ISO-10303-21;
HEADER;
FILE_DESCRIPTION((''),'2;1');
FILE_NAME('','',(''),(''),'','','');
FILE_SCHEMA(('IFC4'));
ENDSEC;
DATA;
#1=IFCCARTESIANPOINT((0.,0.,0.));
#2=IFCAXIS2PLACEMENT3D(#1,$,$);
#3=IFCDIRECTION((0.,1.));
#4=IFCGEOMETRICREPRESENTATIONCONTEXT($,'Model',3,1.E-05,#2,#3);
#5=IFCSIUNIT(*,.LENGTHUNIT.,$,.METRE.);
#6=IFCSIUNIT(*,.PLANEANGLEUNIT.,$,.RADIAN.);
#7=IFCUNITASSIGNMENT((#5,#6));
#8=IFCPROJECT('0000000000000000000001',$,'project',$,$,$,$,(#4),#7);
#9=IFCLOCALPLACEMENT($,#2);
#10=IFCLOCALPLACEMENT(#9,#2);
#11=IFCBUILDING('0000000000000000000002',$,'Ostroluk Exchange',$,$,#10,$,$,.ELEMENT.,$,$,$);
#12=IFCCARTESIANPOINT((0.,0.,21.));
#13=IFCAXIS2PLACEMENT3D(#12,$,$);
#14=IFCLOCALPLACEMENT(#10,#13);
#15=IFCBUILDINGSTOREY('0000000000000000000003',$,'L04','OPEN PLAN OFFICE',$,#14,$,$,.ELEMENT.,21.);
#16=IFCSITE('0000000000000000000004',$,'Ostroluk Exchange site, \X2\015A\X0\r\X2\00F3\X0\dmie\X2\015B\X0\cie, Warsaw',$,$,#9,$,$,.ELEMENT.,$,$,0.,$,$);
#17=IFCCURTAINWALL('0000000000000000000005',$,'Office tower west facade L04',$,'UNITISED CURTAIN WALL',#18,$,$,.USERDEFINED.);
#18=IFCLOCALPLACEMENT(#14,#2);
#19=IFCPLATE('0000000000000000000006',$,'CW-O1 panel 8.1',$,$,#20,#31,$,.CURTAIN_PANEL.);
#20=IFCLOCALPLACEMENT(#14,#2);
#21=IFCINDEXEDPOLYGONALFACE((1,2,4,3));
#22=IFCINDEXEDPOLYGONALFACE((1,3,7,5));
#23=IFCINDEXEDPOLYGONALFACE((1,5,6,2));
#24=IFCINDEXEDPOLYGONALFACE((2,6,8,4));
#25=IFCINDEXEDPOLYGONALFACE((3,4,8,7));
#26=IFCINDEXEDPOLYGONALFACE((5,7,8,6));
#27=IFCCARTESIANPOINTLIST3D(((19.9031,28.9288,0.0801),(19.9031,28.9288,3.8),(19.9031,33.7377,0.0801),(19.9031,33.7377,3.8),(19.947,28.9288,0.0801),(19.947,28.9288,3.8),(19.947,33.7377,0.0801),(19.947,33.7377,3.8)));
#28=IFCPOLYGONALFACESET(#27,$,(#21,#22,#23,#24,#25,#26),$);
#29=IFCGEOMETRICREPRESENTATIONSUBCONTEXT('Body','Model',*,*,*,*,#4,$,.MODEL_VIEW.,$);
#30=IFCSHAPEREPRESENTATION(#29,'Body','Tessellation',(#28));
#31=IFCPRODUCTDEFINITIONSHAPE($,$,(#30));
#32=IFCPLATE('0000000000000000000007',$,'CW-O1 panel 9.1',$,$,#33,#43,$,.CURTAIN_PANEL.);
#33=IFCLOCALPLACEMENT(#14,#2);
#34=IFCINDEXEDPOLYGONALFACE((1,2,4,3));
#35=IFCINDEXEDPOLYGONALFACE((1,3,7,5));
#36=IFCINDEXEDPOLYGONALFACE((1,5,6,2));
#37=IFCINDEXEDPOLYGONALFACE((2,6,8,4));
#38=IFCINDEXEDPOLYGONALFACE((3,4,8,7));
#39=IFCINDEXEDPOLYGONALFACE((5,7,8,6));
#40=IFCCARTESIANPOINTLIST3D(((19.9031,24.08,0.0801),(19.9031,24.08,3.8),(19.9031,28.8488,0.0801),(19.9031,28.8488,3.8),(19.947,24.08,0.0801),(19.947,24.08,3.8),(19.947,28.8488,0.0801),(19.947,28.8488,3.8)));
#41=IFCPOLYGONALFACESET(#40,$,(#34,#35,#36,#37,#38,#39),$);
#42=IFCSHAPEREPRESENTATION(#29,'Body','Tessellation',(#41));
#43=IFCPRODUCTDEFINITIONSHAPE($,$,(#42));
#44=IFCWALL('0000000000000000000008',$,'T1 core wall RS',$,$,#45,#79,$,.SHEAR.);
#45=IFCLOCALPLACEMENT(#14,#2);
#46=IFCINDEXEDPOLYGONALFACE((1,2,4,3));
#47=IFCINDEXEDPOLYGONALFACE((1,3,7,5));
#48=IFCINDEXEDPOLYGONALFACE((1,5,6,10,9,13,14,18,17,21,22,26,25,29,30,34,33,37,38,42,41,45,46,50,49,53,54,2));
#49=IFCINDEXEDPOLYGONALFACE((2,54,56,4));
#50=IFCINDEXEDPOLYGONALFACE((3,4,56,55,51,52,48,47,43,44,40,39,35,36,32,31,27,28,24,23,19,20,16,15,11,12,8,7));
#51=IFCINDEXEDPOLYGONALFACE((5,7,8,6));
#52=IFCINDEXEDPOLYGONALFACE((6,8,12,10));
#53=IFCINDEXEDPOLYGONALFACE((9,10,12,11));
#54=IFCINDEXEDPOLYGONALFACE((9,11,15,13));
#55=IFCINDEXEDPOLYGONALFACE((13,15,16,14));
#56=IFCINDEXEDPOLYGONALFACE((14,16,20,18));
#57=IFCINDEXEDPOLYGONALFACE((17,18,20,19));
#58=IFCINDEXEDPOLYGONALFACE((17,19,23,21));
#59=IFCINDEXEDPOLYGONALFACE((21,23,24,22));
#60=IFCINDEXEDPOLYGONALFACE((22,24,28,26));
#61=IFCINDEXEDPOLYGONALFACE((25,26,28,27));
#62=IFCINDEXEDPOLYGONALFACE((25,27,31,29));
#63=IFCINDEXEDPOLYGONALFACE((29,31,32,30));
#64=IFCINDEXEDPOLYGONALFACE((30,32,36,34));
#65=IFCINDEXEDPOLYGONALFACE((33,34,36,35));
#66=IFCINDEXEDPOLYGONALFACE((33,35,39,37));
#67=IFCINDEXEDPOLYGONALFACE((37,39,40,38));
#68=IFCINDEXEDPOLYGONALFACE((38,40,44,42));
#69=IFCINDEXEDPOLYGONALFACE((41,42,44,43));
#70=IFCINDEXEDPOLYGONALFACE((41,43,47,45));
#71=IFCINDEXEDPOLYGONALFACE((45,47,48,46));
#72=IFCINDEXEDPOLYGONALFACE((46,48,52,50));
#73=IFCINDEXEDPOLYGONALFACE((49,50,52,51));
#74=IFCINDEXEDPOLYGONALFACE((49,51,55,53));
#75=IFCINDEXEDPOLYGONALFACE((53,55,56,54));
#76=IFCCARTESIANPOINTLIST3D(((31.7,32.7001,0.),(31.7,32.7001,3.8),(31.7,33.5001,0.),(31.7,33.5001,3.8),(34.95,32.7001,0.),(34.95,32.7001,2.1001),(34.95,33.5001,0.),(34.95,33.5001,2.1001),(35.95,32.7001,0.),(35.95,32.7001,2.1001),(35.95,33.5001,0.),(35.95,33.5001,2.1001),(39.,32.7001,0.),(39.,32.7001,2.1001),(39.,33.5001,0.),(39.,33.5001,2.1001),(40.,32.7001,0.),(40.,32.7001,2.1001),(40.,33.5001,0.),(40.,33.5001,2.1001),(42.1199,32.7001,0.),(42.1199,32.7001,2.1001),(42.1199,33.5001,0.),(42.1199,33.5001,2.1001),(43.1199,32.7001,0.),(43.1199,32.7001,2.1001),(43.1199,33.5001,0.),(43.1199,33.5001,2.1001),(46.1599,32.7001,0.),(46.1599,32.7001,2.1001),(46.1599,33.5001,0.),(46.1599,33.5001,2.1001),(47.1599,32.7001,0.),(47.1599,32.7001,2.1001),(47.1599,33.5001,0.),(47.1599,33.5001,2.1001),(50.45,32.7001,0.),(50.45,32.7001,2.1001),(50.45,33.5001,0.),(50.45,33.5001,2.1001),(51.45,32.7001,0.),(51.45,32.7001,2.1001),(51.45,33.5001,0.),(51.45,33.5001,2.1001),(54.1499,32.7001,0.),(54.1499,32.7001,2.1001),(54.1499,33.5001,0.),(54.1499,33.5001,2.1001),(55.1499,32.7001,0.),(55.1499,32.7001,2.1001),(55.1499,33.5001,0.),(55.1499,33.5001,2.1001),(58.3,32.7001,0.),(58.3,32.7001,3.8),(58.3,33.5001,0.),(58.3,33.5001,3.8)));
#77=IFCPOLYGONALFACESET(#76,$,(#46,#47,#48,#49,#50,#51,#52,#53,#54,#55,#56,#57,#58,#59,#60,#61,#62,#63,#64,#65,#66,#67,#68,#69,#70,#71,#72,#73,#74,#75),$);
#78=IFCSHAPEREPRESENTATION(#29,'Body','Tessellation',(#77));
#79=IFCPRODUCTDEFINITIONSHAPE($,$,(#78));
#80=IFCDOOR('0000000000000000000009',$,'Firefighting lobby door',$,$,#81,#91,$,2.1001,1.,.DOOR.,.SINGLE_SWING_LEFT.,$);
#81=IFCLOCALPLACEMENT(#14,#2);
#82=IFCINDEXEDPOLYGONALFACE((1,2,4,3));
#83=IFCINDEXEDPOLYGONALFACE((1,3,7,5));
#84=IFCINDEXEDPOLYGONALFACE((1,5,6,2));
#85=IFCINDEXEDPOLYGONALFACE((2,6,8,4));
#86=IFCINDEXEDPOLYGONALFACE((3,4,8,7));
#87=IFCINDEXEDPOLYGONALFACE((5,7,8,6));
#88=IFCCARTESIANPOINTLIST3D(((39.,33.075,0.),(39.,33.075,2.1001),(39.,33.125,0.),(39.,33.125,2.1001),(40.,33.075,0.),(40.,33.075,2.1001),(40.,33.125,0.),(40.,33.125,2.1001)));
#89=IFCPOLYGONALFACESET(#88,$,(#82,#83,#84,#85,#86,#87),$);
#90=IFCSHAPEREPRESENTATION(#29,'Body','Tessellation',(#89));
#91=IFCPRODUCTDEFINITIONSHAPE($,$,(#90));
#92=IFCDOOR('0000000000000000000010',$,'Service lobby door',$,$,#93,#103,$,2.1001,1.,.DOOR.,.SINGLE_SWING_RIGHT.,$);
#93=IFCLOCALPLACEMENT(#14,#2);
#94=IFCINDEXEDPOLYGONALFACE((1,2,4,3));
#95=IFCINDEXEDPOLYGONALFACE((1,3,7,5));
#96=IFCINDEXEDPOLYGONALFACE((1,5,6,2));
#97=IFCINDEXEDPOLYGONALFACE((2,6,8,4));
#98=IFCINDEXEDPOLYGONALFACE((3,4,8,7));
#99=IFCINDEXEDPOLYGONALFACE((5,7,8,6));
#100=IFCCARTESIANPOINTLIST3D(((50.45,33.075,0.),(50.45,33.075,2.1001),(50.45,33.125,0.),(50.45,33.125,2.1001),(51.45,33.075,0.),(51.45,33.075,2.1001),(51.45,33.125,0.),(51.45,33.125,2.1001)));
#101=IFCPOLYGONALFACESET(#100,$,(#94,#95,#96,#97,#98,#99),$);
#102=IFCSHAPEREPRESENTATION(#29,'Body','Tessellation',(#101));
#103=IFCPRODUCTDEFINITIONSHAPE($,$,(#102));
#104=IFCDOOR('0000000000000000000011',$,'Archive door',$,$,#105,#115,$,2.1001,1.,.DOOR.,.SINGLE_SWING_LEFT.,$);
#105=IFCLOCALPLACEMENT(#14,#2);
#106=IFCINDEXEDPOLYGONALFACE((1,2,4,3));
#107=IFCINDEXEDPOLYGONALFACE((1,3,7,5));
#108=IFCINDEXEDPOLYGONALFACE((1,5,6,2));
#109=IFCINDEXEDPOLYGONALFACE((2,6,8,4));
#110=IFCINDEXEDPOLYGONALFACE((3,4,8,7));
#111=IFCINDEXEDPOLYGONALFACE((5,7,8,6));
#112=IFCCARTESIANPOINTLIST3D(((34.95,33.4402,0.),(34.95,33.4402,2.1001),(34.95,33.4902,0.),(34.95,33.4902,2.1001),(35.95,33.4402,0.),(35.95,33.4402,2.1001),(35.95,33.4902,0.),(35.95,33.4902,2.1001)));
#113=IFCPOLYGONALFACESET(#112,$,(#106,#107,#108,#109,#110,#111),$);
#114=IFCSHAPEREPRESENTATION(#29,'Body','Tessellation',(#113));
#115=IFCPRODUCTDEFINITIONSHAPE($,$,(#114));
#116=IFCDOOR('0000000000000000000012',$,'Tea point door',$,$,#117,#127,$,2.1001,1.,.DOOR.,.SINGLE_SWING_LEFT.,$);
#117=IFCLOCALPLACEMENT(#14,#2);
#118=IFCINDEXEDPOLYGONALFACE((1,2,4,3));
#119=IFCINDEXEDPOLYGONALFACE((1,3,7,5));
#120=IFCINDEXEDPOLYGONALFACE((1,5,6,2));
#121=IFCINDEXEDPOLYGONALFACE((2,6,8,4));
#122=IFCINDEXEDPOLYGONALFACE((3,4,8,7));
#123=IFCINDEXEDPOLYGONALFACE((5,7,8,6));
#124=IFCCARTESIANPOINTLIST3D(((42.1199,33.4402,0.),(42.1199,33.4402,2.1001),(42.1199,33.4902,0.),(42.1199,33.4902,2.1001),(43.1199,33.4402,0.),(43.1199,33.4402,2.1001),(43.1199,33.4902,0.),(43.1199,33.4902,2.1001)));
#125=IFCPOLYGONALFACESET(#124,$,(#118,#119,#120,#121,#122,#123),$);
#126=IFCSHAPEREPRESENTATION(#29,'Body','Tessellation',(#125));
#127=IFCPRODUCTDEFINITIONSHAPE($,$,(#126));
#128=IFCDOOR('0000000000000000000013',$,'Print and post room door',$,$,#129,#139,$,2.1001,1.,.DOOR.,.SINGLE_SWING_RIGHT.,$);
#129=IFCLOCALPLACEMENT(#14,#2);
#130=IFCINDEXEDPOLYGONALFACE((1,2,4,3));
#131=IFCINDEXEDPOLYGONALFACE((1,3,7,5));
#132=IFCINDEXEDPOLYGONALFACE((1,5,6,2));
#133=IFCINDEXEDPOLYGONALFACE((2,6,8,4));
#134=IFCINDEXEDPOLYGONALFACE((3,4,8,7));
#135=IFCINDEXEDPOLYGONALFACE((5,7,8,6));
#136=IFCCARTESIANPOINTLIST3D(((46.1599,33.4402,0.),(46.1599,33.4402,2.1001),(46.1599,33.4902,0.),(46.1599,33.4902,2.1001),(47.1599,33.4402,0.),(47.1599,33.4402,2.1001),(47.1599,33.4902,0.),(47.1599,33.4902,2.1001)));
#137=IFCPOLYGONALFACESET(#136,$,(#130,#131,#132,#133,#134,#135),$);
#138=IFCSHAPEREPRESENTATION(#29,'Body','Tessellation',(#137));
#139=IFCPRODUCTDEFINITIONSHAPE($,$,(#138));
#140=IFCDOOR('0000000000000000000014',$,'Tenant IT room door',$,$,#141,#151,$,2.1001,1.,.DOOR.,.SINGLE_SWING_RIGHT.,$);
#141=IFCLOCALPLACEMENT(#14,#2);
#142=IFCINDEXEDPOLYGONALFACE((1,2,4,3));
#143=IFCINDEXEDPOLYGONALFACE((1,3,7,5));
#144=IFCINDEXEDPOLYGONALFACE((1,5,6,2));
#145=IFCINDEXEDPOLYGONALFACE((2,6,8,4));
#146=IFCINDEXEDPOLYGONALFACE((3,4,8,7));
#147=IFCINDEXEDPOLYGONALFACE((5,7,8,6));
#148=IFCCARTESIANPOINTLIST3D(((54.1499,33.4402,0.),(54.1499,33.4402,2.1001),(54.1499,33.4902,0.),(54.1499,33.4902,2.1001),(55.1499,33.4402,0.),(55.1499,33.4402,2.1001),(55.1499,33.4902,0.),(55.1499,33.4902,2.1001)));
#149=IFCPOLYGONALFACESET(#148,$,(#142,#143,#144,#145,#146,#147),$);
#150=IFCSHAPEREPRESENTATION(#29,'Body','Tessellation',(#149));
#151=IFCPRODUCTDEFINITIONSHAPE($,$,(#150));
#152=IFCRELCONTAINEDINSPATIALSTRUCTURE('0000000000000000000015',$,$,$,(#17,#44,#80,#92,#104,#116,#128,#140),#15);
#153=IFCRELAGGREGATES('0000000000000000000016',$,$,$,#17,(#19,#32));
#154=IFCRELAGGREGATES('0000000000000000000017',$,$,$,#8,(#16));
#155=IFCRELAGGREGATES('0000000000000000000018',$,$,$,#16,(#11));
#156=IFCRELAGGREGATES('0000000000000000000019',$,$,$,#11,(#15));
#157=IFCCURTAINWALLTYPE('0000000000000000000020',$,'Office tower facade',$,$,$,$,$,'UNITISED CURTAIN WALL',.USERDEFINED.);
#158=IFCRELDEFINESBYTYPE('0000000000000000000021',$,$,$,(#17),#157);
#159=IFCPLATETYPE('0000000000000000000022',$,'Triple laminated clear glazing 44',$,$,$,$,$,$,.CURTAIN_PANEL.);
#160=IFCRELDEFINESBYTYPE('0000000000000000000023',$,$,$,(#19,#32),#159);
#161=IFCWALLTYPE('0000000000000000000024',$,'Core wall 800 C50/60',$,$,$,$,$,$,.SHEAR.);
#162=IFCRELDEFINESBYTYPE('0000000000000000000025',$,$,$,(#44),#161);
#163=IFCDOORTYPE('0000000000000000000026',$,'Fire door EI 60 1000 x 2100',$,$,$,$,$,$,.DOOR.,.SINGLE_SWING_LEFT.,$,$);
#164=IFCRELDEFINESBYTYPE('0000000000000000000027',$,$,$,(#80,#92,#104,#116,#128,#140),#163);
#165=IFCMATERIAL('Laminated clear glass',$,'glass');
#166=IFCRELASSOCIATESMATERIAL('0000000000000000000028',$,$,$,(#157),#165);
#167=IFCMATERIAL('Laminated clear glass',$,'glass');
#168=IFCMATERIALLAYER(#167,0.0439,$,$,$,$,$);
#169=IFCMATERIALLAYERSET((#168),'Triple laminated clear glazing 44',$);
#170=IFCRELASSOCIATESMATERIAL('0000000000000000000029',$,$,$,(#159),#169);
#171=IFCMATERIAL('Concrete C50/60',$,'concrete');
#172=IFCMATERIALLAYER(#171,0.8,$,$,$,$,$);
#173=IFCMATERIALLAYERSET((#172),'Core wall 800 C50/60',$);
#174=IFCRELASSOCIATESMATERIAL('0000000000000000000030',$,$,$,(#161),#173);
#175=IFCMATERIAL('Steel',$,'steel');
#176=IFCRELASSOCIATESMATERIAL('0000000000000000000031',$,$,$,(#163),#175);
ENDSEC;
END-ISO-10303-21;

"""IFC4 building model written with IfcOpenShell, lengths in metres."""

from ifc_helpers import new_model, si_unit, direction, frame, frame_2d, origin, origin_2d, place, context, subcontext, project, spatial, rectangle, extrude, material, layer, layer_set, type_object, element, fill, aggregate, save


model = new_model("IFC4")

# Units and contexts
model_context = context("Model", 3, precision=1e-05, world=origin(), true_north=direction((0.0, 1.0)))
body_context = subcontext(model_context, "Body", "Model", "MODEL_VIEW")
ifc_project = project(units=[si_unit("LENGTHUNIT", "METRE"), si_unit("PLANEANGLEUNIT", "RADIAN")], contexts=[model_context])

# Site, building, storey
site_placement = place(None, origin())
site = spatial("IfcSite", under=ifc_project, at=site_placement, Name="Ostroluk Exchange site, Śródmieście, Warsaw", CompositionType="ELEMENT", RefElevation=0.0)
building_placement = place(site_placement, origin())
building = spatial("IfcBuilding", under=site, at=building_placement, Name="Ostroluk Exchange", CompositionType="ELEMENT")
storey_placement = place(building_placement, frame((0.0, 0.0, 21.0)))
storey = spatial("IfcBuildingStorey", under=building, at=storey_placement, Name="L04", Description="OPEN PLAN OFFICE", CompositionType="ELEMENT", Elevation=21.0)

# Curtain wall, plates
ifc_material_1 = material(Name="Laminated clear glass", Category="glass")
curtain_wall_type = type_object("IfcCurtainWallType", Name="Office tower facade", ElementType="UNITISED CURTAIN WALL", PredefinedType="USERDEFINED", material=ifc_material_1)
curtain_wall_placement = place(storey_placement, origin())
curtain_wall = element("IfcCurtainWall", 1, at=curtain_wall_placement, inside=storey, type_object=curtain_wall_type, Name="Office tower west facade L04", ObjectType="UNITISED CURTAIN WALL", PredefinedType="USERDEFINED")
ifc_material_2 = material(Name="Laminated clear glass", Category="glass")
ifc_layer_1 = layer(ifc_material_2, 0.0439)
ifc_layer_set_1 = layer_set([ifc_layer_1], Name="Triple laminated clear glazing 44")
plate_type = type_object("IfcPlateType", Name="Triple laminated clear glazing 44", PredefinedType="CURTAIN_PANEL", material=ifc_layer_set_1)
plate_1_placement = place(storey_placement, frame((19.925, 31.3333, 0.0801), z_axis=(0.0, 0.0, 1.0), x_axis=(0.0, -1.0, 0.0)))
plate_1 = element("IfcPlate", 2, at=plate_1_placement, type_object=plate_type, Name="CW-O1 panel 8.1", PredefinedType="CURTAIN_PANEL", context=body_context, shape_type="SweptSolid", body=[
    extrude(rectangle(XDim=4.8088, YDim=0.0439, at=origin_2d()), origin(), (0.0, 0.0, 1.0), 3.72),
])
plate_2_placement = place(storey_placement, frame((19.925, 26.4644, 0.0801), z_axis=(0.0, 0.0, 1.0), x_axis=(0.0, -1.0, 0.0)))
plate_2 = element("IfcPlate", 3, at=plate_2_placement, type_object=plate_type, Name="CW-O1 panel 9.1", PredefinedType="CURTAIN_PANEL", context=body_context, shape_type="SweptSolid", body=[
    extrude(rectangle(XDim=4.7688, YDim=0.0439, at=origin_2d()), origin(), (0.0, 0.0, 1.0), 3.72),
])
aggregate(curtain_wall, [plate_1, plate_2])

# Wall, openings, doors
ifc_material_3 = material(Name="Concrete C50/60", Category="concrete")
ifc_layer_2 = layer(ifc_material_3, 0.8)
ifc_layer_set_2 = layer_set([ifc_layer_2], Name="Core wall 800 C50/60")
wall_type_1 = type_object("IfcWallType", Name="Core wall 800 C50/60", PredefinedType="SHEAR", material=ifc_layer_set_2)
wall_1_placement = place(storey_placement, frame((31.7, 33.1001, 0.0), z_axis=(0.0, 0.0, 1.0), x_axis=(1.0, 0.0, 0.0)))
wall_1 = element("IfcWall", 4, at=wall_1_placement, inside=storey, type_object=wall_type_1, Name="T1 core wall RS", PredefinedType="SHEAR", context=body_context, shape_type="SweptSolid", body=[
    extrude(rectangle(XDim=26.6001, YDim=0.8, at=frame_2d((13.3, 0.0))), origin(), (0.0, 0.0, 1.0), 3.8),
])
opening_1_placement = place(wall_1_placement, frame((7.3, 0.0, 0.0)))
opening_1 = element("IfcOpeningElement", 5, at=opening_1_placement, cuts=wall_1, PredefinedType="OPENING", context=body_context, shape_type="SweptSolid", body=[
    extrude(rectangle(XDim=1.0, YDim=2.1001, at=frame_2d((0.5, 1.05))), frame((0.0, 0.4099, 0.0), z_axis=(0.0, -1.0, 0.0), x_axis=(1.0, 0.0, 0.0)), (0.0, 0.0, 1.0), 0.8201),
])
opening_2_placement = place(wall_1_placement, frame((18.75, 0.0, 0.0)))
opening_2 = element("IfcOpeningElement", 6, at=opening_2_placement, cuts=wall_1, PredefinedType="OPENING", context=body_context, shape_type="SweptSolid", body=[
    extrude(rectangle(XDim=1.0, YDim=2.1001, at=frame_2d((0.5, 1.05))), frame((0.0, 0.4099, 0.0), z_axis=(0.0, -1.0, 0.0), x_axis=(1.0, 0.0, 0.0)), (0.0, 0.0, 1.0), 0.8201),
])
opening_3_placement = place(wall_1_placement, frame((3.25, 0.0, 0.0)))
opening_3 = element("IfcOpeningElement", 7, at=opening_3_placement, cuts=wall_1, PredefinedType="OPENING", context=body_context, shape_type="SweptSolid", body=[
    extrude(rectangle(XDim=1.0, YDim=2.1001, at=frame_2d((0.5, 1.05))), frame((0.0, 0.4099, 0.0), z_axis=(0.0, -1.0, 0.0), x_axis=(1.0, 0.0, 0.0)), (0.0, 0.0, 1.0), 0.8201),
])
opening_4_placement = place(wall_1_placement, frame((10.4199, 0.0, 0.0)))
opening_4 = element("IfcOpeningElement", 8, at=opening_4_placement, cuts=wall_1, PredefinedType="OPENING", context=body_context, shape_type="SweptSolid", body=[
    extrude(rectangle(XDim=1.0, YDim=2.1001, at=frame_2d((0.5, 1.05))), frame((0.0, 0.4099, 0.0), z_axis=(0.0, -1.0, 0.0), x_axis=(1.0, 0.0, 0.0)), (0.0, 0.0, 1.0), 0.8201),
])
opening_5_placement = place(wall_1_placement, frame((14.46, 0.0, 0.0)))
opening_5 = element("IfcOpeningElement", 9, at=opening_5_placement, cuts=wall_1, PredefinedType="OPENING", context=body_context, shape_type="SweptSolid", body=[
    extrude(rectangle(XDim=1.0, YDim=2.1001, at=frame_2d((0.5, 1.05))), frame((0.0, 0.4099, 0.0), z_axis=(0.0, -1.0, 0.0), x_axis=(1.0, 0.0, 0.0)), (0.0, 0.0, 1.0), 0.8201),
])
opening_6_placement = place(wall_1_placement, frame((22.45, 0.0, 0.0)))
opening_6 = element("IfcOpeningElement", 10, at=opening_6_placement, cuts=wall_1, PredefinedType="OPENING", context=body_context, shape_type="SweptSolid", body=[
    extrude(rectangle(XDim=1.0, YDim=2.1001, at=frame_2d((0.5, 1.05))), frame((0.0, 0.4099, 0.0), z_axis=(0.0, -1.0, 0.0), x_axis=(1.0, 0.0, 0.0)), (0.0, 0.0, 1.0), 0.8201),
])
ifc_material_4 = material(Name="Steel", Category="steel")
door_type_1 = type_object("IfcDoorType", Name="Fire door EI 60 1000 x 2100", OperationType="SINGLE_SWING_LEFT", PredefinedType="DOOR", material=ifc_material_4)
door_1_placement = place(opening_1_placement, origin())
door_1 = element("IfcDoor", 11, at=door_1_placement, inside=storey, type_object=door_type_1, Name="Firefighting lobby door", OperationType="SINGLE_SWING_LEFT", OverallHeight=2.1001, OverallWidth=1.0, PredefinedType="DOOR", context=body_context, shape_type="SweptSolid", body=[
    extrude(rectangle(XDim=1.0, YDim=2.1001, at=frame_2d((0.5, 1.05))), frame((0.0, 0.0249, 0.0), z_axis=(0.0, -1.0, 0.0), x_axis=(1.0, 0.0, 0.0)), (0.0, 0.0, 1.0), 0.05),
])
fill(opening_1, door_1)
door_2_placement = place(opening_2_placement, origin())
door_2 = element("IfcDoor", 12, at=door_2_placement, inside=storey, type_object=door_type_1, Name="Service lobby door", OperationType="SINGLE_SWING_RIGHT", OverallHeight=2.1001, OverallWidth=1.0, PredefinedType="DOOR", context=body_context, shape_type="SweptSolid", body=[
    extrude(rectangle(XDim=1.0, YDim=2.1001, at=frame_2d((0.5, 1.05))), frame((0.0, 0.0249, 0.0), z_axis=(0.0, -1.0, 0.0), x_axis=(1.0, 0.0, 0.0)), (0.0, 0.0, 1.0), 0.05),
])
fill(opening_2, door_2)
door_3_placement = place(opening_3_placement, origin())
door_3 = element("IfcDoor", 13, at=door_3_placement, inside=storey, type_object=door_type_1, Name="Archive door", OperationType="SINGLE_SWING_LEFT", OverallHeight=2.1001, OverallWidth=1.0, PredefinedType="DOOR", context=body_context, shape_type="SweptSolid", body=[
    extrude(rectangle(XDim=1.0, YDim=2.1001, at=frame_2d((0.5, 1.05))), frame((0.0, 0.3901, 0.0), z_axis=(0.0, -1.0, 0.0), x_axis=(1.0, 0.0, 0.0)), (0.0, 0.0, 1.0), 0.05),
])
fill(opening_3, door_3)
door_4_placement = place(opening_4_placement, origin())
door_4 = element("IfcDoor", 14, at=door_4_placement, inside=storey, type_object=door_type_1, Name="Tea point door", OperationType="SINGLE_SWING_LEFT", OverallHeight=2.1001, OverallWidth=1.0, PredefinedType="DOOR", context=body_context, shape_type="SweptSolid", body=[
    extrude(rectangle(XDim=1.0, YDim=2.1001, at=frame_2d((0.5, 1.05))), frame((0.0, 0.3901, 0.0), z_axis=(0.0, -1.0, 0.0), x_axis=(1.0, 0.0, 0.0)), (0.0, 0.0, 1.0), 0.05),
])
fill(opening_4, door_4)
door_5_placement = place(opening_5_placement, origin())
door_5 = element("IfcDoor", 15, at=door_5_placement, inside=storey, type_object=door_type_1, Name="Print and post room door", OperationType="SINGLE_SWING_RIGHT", OverallHeight=2.1001, OverallWidth=1.0, PredefinedType="DOOR", context=body_context, shape_type="SweptSolid", body=[
    extrude(rectangle(XDim=1.0, YDim=2.1001, at=frame_2d((0.5, 1.05))), frame((0.0, 0.3901, 0.0), z_axis=(0.0, -1.0, 0.0), x_axis=(1.0, 0.0, 0.0)), (0.0, 0.0, 1.0), 0.05),
])
fill(opening_5, door_5)
door_6_placement = place(opening_6_placement, origin())
door_6 = element("IfcDoor", 16, at=door_6_placement, inside=storey, type_object=door_type_1, Name="Tenant IT room door", OperationType="SINGLE_SWING_RIGHT", OverallHeight=2.1001, OverallWidth=1.0, PredefinedType="DOOR", context=body_context, shape_type="SweptSolid", body=[
    extrude(rectangle(XDim=1.0, YDim=2.1001, at=frame_2d((0.5, 1.05))), frame((0.0, 0.3901, 0.0), z_axis=(0.0, -1.0, 0.0), x_axis=(1.0, 0.0, 0.0)), (0.0, 0.0, 1.0), 0.05),
])
fill(opening_6, door_6)

save(model, "model.ifc")
